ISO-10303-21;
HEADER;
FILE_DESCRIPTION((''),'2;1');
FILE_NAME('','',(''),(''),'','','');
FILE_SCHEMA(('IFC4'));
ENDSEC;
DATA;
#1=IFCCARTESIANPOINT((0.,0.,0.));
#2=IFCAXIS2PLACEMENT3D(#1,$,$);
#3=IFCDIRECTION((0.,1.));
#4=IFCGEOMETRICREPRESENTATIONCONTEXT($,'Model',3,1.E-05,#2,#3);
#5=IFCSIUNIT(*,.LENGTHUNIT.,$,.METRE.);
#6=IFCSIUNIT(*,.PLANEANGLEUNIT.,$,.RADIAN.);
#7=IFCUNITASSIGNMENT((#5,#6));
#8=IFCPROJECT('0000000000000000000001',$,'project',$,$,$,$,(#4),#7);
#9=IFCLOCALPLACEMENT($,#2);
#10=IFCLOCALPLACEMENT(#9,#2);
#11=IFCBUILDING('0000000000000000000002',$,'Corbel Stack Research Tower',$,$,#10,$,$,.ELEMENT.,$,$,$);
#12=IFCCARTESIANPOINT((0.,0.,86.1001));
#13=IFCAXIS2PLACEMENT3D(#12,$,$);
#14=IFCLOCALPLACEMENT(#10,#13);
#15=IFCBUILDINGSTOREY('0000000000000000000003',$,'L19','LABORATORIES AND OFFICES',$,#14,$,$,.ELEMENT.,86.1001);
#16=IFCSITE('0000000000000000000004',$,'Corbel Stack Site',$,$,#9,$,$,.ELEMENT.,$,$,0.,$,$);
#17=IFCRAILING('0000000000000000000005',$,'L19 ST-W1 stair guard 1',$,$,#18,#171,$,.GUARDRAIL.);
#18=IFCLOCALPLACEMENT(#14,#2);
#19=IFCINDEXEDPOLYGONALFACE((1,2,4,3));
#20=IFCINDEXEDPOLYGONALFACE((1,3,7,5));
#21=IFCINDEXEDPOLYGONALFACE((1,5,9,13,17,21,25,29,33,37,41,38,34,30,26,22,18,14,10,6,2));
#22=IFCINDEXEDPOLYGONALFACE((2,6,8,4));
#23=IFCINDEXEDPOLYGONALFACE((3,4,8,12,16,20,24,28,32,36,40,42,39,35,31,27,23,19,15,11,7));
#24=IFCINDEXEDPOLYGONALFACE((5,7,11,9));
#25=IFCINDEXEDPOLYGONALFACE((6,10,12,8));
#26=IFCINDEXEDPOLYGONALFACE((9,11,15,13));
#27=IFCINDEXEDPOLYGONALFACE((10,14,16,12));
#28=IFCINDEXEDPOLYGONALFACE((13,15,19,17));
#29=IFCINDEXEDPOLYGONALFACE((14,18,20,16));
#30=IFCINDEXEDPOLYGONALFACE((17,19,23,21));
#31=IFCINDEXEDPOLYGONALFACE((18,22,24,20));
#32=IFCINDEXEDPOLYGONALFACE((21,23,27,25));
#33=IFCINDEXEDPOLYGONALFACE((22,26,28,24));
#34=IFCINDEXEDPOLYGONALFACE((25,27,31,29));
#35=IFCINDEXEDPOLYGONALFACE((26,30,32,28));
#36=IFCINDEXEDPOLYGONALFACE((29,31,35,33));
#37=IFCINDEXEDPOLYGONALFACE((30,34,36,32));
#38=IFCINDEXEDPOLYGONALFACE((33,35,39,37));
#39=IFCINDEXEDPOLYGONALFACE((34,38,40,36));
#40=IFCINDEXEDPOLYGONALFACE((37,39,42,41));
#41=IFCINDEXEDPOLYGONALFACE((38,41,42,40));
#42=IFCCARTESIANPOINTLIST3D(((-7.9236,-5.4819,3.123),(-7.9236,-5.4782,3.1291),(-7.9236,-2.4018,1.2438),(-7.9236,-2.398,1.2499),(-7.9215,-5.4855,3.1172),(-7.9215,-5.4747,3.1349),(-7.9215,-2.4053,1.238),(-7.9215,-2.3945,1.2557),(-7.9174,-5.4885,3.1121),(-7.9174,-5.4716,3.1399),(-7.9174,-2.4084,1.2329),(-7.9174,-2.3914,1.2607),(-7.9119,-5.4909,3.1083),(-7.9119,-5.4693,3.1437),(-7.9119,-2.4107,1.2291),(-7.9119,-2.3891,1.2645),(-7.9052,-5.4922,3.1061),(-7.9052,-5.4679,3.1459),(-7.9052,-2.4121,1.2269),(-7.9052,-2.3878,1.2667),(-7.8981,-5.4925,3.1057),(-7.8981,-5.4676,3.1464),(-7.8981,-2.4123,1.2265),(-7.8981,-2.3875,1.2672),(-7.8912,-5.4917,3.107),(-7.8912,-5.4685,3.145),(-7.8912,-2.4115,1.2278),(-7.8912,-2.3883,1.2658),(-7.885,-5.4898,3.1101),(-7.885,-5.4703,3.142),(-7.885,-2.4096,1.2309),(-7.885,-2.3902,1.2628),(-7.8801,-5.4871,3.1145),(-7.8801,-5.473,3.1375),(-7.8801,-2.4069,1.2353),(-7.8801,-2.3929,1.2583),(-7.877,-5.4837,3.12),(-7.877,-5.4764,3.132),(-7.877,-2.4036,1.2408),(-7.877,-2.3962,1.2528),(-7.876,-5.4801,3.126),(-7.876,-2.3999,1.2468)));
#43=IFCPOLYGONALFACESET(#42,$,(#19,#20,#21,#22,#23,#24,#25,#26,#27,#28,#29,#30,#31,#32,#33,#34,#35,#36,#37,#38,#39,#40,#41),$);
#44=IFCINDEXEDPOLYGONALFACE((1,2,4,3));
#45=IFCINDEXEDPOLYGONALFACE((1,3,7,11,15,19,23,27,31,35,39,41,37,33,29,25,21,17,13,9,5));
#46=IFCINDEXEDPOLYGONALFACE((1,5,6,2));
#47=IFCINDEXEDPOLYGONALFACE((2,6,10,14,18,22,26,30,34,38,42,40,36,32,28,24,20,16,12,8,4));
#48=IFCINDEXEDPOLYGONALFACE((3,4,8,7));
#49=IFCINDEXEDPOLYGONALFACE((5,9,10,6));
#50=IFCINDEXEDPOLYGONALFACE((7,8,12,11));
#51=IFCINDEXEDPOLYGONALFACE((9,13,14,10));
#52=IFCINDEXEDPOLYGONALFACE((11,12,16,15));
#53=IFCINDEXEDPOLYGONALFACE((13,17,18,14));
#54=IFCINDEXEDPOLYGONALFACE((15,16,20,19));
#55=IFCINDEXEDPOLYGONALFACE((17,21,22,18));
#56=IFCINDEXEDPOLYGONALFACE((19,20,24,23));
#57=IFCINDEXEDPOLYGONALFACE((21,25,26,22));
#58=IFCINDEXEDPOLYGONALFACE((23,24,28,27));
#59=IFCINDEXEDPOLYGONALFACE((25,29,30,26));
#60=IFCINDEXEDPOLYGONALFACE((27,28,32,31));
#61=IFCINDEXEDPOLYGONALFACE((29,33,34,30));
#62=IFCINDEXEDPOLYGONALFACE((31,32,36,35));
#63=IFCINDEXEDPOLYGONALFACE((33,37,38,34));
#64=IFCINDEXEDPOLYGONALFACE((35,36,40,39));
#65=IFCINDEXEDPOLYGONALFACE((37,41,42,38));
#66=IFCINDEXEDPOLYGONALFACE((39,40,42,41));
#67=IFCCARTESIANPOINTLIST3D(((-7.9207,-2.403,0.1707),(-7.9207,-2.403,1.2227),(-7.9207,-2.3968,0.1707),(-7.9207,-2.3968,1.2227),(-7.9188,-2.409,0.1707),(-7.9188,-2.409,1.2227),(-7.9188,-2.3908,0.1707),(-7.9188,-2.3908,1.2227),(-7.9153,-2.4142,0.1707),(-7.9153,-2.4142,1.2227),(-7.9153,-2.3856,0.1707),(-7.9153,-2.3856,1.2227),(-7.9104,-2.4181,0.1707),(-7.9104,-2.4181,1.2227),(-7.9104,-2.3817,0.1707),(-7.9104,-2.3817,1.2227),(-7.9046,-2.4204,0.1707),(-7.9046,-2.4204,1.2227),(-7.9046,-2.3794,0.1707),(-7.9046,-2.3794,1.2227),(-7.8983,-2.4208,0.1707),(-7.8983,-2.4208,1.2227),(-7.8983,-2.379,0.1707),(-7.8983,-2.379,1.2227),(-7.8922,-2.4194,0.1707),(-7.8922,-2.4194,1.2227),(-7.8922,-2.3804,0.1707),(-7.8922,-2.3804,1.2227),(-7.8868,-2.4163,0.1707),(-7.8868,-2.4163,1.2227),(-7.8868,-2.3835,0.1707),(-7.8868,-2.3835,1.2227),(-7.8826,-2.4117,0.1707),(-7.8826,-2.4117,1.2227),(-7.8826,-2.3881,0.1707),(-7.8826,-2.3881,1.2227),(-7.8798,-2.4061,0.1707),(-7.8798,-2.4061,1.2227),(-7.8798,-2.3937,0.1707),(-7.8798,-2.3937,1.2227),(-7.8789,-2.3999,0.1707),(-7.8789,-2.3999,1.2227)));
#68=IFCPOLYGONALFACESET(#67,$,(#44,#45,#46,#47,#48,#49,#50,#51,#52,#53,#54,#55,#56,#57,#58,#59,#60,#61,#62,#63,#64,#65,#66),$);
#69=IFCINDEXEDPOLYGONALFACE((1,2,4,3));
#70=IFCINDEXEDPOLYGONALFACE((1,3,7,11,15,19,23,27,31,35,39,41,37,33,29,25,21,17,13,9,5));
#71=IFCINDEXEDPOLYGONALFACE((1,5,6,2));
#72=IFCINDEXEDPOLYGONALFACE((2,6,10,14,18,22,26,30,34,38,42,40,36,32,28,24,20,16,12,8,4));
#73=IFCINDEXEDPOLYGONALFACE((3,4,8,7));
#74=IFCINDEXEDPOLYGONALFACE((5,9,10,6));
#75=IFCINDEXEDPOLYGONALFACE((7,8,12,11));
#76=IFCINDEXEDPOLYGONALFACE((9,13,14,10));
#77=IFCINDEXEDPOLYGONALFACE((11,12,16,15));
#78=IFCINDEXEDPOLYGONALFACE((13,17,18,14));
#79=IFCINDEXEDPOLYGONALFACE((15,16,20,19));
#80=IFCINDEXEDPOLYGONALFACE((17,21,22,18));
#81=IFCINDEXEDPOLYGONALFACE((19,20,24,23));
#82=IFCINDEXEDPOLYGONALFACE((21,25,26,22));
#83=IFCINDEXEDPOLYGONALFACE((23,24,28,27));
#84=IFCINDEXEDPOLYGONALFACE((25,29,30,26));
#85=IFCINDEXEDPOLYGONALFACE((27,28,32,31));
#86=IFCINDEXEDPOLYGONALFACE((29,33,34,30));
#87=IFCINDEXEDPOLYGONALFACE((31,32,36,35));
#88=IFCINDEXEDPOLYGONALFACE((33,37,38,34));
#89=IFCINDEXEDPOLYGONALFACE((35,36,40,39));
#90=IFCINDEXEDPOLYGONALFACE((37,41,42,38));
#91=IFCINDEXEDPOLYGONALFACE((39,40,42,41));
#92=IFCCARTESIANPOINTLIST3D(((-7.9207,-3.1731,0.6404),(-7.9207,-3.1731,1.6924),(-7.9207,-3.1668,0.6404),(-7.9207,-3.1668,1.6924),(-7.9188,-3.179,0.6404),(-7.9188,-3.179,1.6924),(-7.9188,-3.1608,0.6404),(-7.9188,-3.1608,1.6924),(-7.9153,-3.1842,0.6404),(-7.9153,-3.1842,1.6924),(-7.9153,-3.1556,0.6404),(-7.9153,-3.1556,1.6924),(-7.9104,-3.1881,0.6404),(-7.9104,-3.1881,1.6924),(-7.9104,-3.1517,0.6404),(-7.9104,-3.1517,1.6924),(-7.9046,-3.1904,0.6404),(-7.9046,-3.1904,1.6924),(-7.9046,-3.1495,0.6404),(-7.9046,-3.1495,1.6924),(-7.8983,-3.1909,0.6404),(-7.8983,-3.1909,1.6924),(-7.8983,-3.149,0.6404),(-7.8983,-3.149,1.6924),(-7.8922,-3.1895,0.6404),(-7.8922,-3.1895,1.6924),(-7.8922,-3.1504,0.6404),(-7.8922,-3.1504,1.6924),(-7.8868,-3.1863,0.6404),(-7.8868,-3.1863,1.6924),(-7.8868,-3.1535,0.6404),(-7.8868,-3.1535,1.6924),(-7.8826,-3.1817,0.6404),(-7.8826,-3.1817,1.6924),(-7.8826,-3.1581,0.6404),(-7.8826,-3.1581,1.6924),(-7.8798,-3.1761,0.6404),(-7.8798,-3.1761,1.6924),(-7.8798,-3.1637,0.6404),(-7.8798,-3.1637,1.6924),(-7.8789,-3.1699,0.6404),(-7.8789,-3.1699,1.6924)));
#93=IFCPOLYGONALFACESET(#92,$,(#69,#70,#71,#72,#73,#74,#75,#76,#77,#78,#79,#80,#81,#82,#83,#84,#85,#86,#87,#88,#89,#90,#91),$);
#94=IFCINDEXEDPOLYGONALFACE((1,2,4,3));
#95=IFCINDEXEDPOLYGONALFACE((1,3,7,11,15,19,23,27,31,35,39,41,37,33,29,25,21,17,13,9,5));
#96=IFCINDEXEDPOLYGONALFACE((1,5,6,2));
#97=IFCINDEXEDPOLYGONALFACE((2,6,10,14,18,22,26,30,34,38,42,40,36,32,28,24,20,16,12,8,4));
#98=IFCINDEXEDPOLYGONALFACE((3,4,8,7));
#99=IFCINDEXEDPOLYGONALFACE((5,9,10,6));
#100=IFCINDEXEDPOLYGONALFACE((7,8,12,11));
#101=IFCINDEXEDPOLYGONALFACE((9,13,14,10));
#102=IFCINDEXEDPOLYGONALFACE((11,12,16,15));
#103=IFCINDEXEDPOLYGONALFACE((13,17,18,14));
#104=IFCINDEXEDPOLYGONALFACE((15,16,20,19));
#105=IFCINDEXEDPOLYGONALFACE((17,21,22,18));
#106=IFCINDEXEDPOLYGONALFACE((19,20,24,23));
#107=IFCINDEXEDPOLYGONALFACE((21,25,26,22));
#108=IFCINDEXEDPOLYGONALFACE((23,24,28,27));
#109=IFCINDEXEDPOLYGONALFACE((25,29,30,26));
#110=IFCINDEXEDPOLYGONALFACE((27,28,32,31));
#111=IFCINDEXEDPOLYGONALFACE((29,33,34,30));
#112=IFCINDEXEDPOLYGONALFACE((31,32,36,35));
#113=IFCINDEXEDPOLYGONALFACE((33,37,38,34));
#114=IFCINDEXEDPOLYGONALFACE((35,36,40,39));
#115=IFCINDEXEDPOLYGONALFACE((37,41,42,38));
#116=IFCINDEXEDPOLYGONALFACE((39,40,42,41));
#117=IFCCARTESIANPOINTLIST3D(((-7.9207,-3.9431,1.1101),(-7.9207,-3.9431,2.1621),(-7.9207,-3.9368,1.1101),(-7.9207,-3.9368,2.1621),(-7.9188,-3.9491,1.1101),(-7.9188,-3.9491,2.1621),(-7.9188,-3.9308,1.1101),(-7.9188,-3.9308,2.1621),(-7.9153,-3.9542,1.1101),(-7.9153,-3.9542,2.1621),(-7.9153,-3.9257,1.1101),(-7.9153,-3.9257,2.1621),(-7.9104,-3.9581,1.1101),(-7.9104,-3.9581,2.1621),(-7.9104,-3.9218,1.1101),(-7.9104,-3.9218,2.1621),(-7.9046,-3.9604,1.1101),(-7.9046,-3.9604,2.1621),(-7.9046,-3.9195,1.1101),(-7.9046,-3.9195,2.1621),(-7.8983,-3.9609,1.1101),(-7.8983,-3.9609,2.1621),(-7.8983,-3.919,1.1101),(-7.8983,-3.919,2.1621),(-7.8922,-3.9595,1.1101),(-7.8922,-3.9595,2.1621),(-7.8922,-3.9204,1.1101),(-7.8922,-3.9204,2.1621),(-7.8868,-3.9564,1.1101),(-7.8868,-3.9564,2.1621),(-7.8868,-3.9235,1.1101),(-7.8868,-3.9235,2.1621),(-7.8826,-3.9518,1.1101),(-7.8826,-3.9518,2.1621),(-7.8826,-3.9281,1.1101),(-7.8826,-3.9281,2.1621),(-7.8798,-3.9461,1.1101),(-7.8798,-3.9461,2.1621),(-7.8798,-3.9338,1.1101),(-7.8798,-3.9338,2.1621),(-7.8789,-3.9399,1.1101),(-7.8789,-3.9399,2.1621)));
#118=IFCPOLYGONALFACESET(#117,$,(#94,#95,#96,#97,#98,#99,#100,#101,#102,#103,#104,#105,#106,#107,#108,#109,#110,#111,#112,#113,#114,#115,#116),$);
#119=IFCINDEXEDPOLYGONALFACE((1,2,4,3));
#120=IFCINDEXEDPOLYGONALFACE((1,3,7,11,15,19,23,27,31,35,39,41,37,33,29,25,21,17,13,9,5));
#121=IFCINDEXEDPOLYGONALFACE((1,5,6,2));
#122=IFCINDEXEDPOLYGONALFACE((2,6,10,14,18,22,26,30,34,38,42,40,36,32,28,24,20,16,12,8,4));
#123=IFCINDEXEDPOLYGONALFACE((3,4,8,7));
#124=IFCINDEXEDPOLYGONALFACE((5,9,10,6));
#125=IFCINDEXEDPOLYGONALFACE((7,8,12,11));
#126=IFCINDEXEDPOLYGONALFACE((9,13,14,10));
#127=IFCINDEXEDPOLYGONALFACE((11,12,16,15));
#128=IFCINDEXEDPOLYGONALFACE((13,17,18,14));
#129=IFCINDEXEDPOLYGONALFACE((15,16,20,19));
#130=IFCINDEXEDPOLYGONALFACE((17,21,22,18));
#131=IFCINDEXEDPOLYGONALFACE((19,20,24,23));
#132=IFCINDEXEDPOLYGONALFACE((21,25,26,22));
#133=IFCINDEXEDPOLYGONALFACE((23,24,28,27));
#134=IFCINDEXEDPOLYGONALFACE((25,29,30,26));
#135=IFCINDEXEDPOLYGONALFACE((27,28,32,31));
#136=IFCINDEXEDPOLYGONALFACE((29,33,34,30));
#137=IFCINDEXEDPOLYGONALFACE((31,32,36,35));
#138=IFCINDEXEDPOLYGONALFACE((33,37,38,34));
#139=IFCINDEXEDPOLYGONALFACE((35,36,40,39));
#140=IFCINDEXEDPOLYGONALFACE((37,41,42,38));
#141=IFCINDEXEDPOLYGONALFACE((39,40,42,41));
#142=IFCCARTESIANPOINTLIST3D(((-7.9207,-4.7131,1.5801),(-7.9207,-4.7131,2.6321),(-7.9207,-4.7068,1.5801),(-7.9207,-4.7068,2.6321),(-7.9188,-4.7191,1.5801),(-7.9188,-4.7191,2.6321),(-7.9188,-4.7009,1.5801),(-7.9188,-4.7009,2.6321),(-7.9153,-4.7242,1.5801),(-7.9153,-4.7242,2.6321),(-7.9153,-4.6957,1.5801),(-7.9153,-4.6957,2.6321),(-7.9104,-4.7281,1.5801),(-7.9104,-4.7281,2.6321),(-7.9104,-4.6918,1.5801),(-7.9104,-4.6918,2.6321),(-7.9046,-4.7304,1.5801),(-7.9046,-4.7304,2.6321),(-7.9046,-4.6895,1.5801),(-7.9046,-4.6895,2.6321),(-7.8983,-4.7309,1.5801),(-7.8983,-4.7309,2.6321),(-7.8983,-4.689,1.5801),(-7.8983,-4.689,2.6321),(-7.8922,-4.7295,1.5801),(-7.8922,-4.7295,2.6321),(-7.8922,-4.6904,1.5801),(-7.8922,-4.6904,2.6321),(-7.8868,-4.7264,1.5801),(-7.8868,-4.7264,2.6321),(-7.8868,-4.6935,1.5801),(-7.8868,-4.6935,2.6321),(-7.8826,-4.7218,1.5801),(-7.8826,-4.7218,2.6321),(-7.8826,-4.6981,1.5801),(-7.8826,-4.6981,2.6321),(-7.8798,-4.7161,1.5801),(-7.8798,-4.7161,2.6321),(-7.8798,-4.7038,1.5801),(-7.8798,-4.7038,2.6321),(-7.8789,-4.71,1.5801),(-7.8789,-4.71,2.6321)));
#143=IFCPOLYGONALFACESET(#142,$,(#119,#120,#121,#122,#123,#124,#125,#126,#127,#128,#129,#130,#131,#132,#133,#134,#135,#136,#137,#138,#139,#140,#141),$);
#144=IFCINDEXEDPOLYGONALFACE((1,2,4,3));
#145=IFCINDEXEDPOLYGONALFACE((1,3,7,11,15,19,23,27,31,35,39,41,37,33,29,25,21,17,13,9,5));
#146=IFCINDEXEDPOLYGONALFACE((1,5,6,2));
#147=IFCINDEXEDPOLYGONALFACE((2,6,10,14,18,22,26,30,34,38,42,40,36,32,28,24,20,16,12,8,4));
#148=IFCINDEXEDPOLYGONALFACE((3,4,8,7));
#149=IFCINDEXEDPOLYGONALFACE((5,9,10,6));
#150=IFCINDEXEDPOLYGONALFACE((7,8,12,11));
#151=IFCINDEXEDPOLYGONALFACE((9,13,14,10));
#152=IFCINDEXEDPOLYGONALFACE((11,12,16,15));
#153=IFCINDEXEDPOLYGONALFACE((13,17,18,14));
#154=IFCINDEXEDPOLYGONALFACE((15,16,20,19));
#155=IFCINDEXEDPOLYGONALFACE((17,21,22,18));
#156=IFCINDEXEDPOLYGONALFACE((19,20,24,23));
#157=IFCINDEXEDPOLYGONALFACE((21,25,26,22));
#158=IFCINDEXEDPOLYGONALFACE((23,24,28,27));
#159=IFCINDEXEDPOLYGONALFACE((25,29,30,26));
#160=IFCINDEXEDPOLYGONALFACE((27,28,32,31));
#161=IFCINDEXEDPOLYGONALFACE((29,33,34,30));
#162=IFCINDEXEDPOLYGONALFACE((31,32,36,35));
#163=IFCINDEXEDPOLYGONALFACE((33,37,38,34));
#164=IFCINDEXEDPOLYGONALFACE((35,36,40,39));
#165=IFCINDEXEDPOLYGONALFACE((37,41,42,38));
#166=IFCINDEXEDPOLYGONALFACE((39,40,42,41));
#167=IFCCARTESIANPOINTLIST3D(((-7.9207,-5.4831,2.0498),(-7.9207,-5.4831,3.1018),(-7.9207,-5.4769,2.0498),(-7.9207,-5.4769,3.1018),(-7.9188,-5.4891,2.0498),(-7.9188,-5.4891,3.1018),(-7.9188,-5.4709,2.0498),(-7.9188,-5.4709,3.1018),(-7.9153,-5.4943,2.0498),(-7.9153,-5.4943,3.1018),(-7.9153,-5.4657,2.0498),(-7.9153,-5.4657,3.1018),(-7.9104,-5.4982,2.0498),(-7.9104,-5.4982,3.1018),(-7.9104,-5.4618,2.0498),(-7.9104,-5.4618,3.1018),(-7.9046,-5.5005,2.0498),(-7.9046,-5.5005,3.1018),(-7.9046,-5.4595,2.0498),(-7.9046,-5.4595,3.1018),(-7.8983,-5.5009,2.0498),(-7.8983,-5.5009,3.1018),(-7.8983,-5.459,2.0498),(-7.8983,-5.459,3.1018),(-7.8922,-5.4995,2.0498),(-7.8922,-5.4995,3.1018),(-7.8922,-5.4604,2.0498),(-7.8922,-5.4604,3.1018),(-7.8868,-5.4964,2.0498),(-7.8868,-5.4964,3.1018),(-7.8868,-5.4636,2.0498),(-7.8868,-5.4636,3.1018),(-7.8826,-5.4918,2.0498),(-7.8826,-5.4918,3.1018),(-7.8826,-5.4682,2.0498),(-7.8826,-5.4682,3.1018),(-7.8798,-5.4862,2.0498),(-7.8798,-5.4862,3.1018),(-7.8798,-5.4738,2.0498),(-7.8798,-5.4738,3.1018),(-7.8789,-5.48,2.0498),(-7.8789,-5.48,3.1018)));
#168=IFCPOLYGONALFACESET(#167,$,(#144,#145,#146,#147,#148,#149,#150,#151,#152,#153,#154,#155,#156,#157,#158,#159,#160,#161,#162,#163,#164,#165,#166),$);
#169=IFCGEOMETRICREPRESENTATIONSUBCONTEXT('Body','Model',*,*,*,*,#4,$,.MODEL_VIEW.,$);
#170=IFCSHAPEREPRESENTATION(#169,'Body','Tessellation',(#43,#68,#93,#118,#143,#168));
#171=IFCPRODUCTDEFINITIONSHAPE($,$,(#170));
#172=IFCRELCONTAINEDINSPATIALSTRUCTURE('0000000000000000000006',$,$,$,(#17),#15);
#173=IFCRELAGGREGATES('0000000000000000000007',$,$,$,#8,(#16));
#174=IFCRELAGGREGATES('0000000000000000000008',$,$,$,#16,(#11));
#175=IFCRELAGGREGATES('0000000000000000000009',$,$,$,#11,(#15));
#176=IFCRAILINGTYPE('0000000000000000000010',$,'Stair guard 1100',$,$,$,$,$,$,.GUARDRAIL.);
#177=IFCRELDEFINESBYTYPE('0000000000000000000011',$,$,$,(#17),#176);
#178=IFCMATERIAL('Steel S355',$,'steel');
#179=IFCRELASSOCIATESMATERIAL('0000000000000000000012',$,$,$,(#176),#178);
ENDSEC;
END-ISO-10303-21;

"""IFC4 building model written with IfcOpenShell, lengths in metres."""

from ifc_helpers import new_model, si_unit, direction, frame, origin, origin_2d, place, context, subcontext, project, spatial, circle, extrude, material, type_object, element, save


model = new_model("IFC4")

# Units and contexts
model_context = context("Model", 3, precision=1e-05, world=origin(), true_north=direction((0.0, 1.0)))
body_context = subcontext(model_context, "Body", "Model", "MODEL_VIEW")
ifc_project = project(units=[si_unit("LENGTHUNIT", "METRE"), si_unit("PLANEANGLEUNIT", "RADIAN")], contexts=[model_context])

# Site, building, storey
site_placement = place(None, origin())
site = spatial("IfcSite", under=ifc_project, at=site_placement, Name="Corbel Stack Site", CompositionType="ELEMENT", RefElevation=0.0)
building_placement = place(site_placement, origin())
building = spatial("IfcBuilding", under=site, at=building_placement, Name="Corbel Stack Research Tower", CompositionType="ELEMENT")
storey_placement = place(building_placement, frame((0.0, 0.0, 86.1001)))
storey = spatial("IfcBuildingStorey", under=building, at=storey_placement, Name="L19", Description="LABORATORIES AND OFFICES", CompositionType="ELEMENT", Elevation=86.1001)

# Railing
ifc_material_1 = material(Name="Steel S355", Category="steel")
railing_type_1 = type_object("IfcRailingType", Name="Stair guard 1100", PredefinedType="GUARDRAIL", material=ifc_material_1)
railing_1_placement = place(storey_placement, frame((-7.8999, -2.3999, 0.1707)))
element("IfcRailing", 1, at=railing_1_placement, inside=storey, type_object=railing_type_1, Name="L19 ST-W1 stair guard 1", PredefinedType="GUARDRAIL", context=body_context, shape_type="SweptSolid", body=[
    extrude(circle(Radius=0.0239, at=origin_2d()), frame((0.0, 0.0, 1.0762), z_axis=(0.0, -0.853666, 0.52082), x_axis=(1.0, 0.0, 0.0)), (0.0, 0.0, 1.0), 3.6082),
    extrude(circle(Radius=0.021, at=origin_2d()), origin(), (0.0, 0.0, 1.0), 1.052),
    extrude(circle(Radius=0.021, at=origin_2d()), frame((0.0, -0.77, 0.4697)), (0.0, 0.0, 1.0), 1.052),
    extrude(circle(Radius=0.021, at=origin_2d()), frame((0.0, -1.54, 0.9395)), (0.0, 0.0, 1.0), 1.052),
    extrude(circle(Radius=0.021, at=origin_2d()), frame((0.0, -2.3101, 1.4094)), (0.0, 0.0, 1.0), 1.052),
    extrude(circle(Radius=0.021, at=origin_2d()), frame((0.0, -3.0801, 1.8792)), (0.0, 0.0, 1.0), 1.052),
])

save(model, "model.ifc")
